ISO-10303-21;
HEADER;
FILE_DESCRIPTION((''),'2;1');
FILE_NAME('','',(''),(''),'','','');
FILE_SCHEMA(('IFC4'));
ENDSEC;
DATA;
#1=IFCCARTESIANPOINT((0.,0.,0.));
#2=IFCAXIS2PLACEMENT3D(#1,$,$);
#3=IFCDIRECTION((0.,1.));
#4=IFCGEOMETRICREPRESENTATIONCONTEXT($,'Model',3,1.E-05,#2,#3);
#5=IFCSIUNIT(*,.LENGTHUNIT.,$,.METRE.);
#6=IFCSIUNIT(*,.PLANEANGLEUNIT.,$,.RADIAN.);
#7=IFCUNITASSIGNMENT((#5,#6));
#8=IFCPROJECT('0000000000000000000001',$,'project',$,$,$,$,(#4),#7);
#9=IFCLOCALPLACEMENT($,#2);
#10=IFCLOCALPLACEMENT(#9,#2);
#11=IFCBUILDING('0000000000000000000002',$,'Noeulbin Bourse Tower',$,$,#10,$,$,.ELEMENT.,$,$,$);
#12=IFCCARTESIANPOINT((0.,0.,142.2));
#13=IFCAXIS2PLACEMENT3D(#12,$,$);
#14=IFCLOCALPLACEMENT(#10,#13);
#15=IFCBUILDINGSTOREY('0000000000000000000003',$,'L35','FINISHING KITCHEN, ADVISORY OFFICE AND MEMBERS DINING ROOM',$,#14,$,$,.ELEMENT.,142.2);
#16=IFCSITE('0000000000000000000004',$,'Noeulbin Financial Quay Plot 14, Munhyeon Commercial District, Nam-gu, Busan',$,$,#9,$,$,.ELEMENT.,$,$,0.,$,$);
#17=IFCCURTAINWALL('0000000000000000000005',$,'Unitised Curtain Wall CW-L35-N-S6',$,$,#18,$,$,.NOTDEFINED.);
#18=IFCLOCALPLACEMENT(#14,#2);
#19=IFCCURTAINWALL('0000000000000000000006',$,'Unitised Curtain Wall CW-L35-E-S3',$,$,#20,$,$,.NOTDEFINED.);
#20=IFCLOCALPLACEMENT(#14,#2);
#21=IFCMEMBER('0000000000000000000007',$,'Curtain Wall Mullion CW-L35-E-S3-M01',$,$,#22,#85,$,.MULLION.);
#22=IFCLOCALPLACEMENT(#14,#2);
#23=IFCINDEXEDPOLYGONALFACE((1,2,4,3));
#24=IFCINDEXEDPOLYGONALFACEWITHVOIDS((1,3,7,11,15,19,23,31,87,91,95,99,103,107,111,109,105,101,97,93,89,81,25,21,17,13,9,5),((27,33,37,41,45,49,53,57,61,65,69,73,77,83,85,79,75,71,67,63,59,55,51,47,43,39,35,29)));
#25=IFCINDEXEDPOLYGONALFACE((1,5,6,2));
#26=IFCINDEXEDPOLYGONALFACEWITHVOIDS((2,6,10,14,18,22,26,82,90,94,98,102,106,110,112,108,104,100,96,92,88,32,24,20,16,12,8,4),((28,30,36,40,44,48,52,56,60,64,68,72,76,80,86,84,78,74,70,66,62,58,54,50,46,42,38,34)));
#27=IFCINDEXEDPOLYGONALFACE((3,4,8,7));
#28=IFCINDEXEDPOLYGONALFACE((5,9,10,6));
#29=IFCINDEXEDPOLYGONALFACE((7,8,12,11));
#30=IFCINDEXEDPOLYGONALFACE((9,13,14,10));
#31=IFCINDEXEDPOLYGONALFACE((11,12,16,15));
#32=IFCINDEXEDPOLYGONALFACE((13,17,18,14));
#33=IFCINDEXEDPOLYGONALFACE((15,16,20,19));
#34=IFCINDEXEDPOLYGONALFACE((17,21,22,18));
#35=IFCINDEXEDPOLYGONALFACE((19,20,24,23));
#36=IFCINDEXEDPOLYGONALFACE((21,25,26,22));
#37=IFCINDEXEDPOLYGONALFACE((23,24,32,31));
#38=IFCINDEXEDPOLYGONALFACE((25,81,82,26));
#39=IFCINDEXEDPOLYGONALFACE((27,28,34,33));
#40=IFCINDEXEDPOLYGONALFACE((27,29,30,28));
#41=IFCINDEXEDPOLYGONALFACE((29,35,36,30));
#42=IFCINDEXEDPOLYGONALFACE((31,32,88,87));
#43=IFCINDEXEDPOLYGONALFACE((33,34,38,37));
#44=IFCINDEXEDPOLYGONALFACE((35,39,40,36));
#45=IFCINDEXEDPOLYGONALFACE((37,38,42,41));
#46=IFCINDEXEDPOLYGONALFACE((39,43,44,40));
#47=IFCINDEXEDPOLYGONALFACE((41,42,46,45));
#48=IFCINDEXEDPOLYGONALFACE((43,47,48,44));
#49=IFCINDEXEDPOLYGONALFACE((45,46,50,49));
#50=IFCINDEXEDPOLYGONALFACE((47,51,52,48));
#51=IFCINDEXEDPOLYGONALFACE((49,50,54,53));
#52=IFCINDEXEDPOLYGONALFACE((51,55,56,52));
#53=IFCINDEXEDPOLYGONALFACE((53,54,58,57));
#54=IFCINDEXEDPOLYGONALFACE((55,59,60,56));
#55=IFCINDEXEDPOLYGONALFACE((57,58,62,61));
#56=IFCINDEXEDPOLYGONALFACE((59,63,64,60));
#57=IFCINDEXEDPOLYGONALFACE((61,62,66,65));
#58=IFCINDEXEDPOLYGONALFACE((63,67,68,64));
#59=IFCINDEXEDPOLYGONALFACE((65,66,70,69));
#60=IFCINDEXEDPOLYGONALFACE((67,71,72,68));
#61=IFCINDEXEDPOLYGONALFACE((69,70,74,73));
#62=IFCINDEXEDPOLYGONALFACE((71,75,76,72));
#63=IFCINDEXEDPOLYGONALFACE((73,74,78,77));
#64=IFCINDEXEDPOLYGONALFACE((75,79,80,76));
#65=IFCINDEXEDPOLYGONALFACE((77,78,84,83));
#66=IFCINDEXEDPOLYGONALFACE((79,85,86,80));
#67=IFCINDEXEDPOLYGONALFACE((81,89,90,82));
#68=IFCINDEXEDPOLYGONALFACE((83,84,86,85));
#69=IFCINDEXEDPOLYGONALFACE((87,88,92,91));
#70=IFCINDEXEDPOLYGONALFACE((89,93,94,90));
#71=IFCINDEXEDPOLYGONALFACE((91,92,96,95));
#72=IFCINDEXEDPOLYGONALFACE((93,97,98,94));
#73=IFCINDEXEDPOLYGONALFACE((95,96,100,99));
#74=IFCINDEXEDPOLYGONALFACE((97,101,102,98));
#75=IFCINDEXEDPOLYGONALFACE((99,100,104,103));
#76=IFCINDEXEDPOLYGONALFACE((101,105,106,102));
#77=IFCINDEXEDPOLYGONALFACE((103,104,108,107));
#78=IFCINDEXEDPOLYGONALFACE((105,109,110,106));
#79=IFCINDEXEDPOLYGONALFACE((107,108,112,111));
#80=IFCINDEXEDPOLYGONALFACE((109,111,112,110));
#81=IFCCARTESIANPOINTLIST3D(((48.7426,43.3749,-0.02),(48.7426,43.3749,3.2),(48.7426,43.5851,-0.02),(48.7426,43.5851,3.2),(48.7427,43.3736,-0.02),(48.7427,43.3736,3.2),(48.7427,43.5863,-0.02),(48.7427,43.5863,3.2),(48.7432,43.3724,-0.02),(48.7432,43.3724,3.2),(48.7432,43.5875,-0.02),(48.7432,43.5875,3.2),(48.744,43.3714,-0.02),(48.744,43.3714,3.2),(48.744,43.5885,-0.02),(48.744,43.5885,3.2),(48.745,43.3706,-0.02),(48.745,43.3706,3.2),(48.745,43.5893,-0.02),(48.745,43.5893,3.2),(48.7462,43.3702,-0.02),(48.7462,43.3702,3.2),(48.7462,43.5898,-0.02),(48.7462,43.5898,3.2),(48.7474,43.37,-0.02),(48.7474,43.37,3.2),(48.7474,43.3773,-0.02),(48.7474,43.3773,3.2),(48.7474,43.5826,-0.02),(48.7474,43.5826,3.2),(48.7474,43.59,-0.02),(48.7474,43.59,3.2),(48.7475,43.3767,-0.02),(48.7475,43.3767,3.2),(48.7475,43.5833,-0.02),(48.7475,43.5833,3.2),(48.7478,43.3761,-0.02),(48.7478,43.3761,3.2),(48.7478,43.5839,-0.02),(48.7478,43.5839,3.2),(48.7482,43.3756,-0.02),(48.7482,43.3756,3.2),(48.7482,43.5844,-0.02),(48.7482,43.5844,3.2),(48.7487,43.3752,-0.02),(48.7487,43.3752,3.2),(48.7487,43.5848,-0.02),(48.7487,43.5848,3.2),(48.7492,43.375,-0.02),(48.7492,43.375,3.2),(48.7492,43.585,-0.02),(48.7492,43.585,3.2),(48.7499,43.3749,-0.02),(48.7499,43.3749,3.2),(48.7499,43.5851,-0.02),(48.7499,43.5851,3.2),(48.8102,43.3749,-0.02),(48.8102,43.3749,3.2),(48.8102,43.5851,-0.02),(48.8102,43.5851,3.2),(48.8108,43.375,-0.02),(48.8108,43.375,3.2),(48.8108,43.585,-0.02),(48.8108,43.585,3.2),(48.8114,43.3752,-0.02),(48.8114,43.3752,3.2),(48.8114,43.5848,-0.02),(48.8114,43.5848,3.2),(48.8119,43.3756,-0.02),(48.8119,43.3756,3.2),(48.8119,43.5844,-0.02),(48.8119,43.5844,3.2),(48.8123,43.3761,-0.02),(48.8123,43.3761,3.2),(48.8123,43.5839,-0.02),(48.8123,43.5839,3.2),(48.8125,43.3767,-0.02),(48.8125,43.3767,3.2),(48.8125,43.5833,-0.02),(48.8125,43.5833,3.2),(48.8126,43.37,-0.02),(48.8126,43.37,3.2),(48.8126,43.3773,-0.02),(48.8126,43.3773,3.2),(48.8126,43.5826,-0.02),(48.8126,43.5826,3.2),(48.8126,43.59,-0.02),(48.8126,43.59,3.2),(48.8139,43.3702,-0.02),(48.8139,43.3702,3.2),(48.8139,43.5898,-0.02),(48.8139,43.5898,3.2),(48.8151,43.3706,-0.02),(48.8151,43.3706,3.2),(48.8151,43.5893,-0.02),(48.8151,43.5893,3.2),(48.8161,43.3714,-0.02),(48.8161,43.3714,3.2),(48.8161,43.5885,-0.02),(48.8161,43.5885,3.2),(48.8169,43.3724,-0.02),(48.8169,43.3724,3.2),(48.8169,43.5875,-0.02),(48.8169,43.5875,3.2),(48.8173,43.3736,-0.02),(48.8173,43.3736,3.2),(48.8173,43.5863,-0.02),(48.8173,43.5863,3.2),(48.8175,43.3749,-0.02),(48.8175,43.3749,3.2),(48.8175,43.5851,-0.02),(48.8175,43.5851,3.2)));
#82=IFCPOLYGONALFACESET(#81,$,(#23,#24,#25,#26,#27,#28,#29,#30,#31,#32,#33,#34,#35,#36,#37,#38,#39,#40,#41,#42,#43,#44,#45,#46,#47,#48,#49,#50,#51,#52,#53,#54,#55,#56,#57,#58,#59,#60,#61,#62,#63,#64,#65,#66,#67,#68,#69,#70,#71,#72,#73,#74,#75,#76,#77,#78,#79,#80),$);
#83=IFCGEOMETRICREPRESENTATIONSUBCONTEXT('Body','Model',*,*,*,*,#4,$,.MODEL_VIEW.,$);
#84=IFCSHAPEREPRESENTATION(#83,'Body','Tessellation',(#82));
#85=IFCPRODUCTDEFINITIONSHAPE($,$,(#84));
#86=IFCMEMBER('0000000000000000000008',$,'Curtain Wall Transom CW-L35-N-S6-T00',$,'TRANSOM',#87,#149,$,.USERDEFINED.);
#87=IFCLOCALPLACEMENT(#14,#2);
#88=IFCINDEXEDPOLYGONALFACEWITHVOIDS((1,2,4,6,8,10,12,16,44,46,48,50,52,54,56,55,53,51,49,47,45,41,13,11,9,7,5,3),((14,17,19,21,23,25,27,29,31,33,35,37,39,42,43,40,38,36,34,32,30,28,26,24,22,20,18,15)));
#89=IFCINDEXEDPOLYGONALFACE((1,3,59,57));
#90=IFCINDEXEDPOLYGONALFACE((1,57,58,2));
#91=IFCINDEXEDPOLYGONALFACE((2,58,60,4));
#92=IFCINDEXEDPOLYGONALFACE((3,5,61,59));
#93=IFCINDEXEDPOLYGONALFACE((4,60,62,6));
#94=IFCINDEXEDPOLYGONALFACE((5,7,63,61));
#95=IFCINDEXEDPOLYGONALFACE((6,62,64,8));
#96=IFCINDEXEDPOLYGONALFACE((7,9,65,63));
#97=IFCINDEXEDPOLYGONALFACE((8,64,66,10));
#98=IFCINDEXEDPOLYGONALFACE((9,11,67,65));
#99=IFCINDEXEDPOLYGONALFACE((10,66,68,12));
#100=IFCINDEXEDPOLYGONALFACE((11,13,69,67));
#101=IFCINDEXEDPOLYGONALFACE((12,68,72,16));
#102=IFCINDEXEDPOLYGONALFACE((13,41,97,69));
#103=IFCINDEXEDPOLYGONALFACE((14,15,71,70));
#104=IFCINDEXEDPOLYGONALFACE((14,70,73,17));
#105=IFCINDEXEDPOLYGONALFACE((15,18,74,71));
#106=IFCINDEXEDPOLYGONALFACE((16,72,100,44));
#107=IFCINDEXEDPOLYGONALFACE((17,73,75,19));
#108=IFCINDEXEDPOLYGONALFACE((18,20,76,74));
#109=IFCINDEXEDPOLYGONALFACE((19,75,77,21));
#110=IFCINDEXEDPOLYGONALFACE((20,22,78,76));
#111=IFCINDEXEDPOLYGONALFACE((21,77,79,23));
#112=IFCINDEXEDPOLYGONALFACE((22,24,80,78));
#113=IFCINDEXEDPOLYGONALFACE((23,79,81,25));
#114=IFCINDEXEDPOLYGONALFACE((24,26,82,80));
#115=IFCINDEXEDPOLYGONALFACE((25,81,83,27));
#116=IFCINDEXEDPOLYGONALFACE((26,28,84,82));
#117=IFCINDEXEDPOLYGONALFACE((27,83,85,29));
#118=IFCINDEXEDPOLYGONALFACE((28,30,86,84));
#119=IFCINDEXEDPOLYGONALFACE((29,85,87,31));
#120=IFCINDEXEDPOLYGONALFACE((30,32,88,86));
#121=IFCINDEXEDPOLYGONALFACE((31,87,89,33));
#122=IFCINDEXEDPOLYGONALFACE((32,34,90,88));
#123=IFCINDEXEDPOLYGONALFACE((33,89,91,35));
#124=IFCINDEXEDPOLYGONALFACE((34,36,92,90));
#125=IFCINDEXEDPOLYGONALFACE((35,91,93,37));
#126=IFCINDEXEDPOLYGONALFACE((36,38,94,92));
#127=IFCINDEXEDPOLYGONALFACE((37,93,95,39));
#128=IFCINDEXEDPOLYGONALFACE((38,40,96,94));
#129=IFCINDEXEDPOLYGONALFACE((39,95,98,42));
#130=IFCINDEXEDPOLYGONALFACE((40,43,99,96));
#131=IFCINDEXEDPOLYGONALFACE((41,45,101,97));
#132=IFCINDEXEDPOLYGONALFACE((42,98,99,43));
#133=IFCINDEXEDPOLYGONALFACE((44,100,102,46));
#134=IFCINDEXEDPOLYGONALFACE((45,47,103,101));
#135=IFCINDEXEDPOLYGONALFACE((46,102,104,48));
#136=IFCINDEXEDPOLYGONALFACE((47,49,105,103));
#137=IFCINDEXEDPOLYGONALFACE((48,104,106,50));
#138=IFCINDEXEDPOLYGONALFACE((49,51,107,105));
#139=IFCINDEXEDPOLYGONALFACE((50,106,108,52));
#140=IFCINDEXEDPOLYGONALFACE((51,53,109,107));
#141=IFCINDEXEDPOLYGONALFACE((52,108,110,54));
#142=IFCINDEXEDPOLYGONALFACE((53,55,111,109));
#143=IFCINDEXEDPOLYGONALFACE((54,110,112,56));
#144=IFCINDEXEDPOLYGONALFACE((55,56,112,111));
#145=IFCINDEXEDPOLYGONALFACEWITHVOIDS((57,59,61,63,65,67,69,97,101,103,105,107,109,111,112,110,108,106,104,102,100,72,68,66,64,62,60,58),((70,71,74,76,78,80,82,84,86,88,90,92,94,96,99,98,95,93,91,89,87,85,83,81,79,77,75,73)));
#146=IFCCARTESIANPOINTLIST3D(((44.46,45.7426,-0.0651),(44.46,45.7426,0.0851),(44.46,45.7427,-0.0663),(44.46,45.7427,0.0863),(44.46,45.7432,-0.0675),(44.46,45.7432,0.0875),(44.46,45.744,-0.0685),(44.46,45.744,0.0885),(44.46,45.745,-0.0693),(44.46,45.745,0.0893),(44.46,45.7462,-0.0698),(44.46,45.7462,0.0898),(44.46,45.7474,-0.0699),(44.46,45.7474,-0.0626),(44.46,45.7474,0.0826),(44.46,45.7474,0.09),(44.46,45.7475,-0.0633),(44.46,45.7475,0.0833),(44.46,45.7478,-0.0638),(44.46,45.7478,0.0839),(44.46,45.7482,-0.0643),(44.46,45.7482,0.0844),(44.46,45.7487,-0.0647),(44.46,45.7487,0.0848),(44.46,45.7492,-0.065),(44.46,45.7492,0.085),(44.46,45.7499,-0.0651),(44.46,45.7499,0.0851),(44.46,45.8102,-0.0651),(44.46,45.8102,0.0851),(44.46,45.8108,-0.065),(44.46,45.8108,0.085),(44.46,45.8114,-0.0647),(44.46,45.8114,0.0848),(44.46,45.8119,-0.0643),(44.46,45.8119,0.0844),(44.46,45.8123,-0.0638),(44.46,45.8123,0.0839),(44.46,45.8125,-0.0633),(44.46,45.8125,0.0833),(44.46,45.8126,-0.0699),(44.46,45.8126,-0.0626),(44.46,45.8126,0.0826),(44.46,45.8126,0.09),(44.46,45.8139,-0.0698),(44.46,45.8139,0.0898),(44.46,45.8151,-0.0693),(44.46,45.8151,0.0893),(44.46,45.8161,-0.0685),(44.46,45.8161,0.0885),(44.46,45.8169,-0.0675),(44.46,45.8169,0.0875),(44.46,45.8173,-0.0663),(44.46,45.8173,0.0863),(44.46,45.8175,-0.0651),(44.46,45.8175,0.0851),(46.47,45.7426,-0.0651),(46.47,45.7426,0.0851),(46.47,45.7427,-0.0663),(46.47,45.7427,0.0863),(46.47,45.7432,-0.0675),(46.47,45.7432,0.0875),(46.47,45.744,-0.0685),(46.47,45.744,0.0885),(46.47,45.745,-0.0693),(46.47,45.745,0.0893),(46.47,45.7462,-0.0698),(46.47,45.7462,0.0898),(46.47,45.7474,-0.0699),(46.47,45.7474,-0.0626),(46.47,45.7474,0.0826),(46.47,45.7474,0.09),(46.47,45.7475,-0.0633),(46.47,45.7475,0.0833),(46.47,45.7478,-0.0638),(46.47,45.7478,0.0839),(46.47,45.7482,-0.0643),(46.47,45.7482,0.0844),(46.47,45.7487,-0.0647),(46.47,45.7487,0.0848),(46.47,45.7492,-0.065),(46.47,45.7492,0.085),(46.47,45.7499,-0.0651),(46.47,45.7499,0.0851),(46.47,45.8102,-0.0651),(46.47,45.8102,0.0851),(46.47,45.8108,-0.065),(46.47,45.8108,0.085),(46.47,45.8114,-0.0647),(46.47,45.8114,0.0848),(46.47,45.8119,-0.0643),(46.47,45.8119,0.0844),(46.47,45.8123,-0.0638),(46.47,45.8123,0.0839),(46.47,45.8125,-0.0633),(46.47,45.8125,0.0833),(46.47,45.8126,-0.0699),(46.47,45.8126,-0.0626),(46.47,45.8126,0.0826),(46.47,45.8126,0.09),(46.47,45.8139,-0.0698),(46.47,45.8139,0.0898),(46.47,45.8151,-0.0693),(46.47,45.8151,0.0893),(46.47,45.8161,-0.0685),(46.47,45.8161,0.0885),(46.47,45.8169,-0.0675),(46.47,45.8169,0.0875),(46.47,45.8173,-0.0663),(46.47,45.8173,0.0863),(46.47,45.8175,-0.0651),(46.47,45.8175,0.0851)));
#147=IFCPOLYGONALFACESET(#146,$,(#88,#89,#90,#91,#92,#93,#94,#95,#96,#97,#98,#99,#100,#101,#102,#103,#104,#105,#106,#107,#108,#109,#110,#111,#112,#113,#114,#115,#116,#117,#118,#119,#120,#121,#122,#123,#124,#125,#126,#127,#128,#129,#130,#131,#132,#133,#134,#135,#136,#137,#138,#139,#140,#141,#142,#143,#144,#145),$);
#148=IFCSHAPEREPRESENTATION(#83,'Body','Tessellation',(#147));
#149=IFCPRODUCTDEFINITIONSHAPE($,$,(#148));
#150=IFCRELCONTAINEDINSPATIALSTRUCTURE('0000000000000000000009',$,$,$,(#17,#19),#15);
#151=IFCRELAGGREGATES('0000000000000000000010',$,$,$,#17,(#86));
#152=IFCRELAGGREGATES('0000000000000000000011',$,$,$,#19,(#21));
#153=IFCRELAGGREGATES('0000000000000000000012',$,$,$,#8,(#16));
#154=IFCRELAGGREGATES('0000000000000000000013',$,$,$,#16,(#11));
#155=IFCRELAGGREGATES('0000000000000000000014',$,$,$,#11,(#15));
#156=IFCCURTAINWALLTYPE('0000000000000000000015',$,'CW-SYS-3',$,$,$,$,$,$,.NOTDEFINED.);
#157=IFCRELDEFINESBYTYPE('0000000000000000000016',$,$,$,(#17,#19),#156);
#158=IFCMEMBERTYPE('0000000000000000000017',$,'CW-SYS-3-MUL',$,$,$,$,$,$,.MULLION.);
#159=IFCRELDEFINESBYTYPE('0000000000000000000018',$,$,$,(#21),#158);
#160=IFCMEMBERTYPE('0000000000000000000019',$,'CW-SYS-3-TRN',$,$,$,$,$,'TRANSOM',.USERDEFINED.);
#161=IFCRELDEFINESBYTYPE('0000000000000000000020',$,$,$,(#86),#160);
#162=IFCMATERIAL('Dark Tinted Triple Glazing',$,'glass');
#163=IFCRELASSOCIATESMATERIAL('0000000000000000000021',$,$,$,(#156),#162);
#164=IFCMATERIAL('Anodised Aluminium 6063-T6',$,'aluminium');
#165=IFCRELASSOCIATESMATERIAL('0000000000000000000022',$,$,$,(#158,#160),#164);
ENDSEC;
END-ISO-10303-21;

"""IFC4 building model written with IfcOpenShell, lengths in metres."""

from ifc_helpers import new_model, si_unit, direction, frame, origin, origin_2d, place, context, subcontext, project, spatial, hollow_rectangle, extrude, material, material_profile, profile_set, type_object, element, aggregate, save


model = new_model("IFC4")

# Units and contexts
model_context = context("Model", 3, precision=1e-05, world=origin(), true_north=direction((0.0, 1.0)))
body_context = subcontext(model_context, "Body", "Model", "MODEL_VIEW")
ifc_project = project(units=[si_unit("LENGTHUNIT", "METRE"), si_unit("PLANEANGLEUNIT", "RADIAN")], contexts=[model_context])

# Site, building, storey
site_placement = place(None, origin())
site = spatial("IfcSite", under=ifc_project, at=site_placement, Name="Noeulbin Financial Quay Plot 14, Munhyeon Commercial District, Nam-gu, Busan", CompositionType="ELEMENT", RefElevation=0.0)
building_placement = place(site_placement, origin())
building = spatial("IfcBuilding", under=site, at=building_placement, Name="Noeulbin Bourse Tower", CompositionType="ELEMENT")
storey_placement = place(building_placement, frame((0.0, 0.0, 142.2)))
storey = spatial("IfcBuildingStorey", under=building, at=storey_placement, Name="L35", Description="FINISHING KITCHEN, ADVISORY OFFICE AND MEMBERS DINING ROOM", CompositionType="ELEMENT", Elevation=142.2)

# Shared definitions
ifc_material_1 = material(Name="Dark Tinted Triple Glazing", Category="glass")
curtain_wall_type = type_object("IfcCurtainWallType", Name="CW-SYS-3", PredefinedType="NOTDEFINED", material=ifc_material_1)
ifc_material_2 = material(Name="Anodised Aluminium 6063-T6", Category="aluminium")
ifc_material_profile_1 = material_profile(ifc_material_2, hollow_rectangle(XDim=0.075, YDim=0.22, WallThickness=0.0049, InnerFilletRadius=0.0024, OuterFilletRadius=0.0049, at=origin_2d()), Name="ALU-MULL-75x220x5", Category="LoadBearing")
ifc_profile_set_1 = profile_set([ifc_material_profile_1], Name="Anodised Aluminium 6063-T6")
member_type_1 = type_object("IfcMemberType", Name="CW-SYS-3-MUL", PredefinedType="MULLION", material=ifc_profile_set_1)

# Curtain walls, member
curtain_wall_1_placement = place(storey_placement, origin())
curtain_wall_1 = element("IfcCurtainWall", 1, at=curtain_wall_1_placement, inside=storey, type_object=curtain_wall_type, Name="Unitised Curtain Wall CW-L35-N-S6", PredefinedType="NOTDEFINED")
curtain_wall_2_placement = place(storey_placement, origin())
curtain_wall_2 = element("IfcCurtainWall", 2, at=curtain_wall_2_placement, inside=storey, type_object=curtain_wall_type, Name="Unitised Curtain Wall CW-L35-E-S3", PredefinedType="NOTDEFINED")
member_1_placement = place(storey_placement, frame((48.78, 43.48, -0.02), z_axis=(0.0, 0.0, 1.0), x_axis=(1.0, 0.0, 0.0)))
member_1 = element("IfcMember", 3, at=member_1_placement, type_object=member_type_1, Name="Curtain Wall Mullion CW-L35-E-S3-M01", PredefinedType="MULLION", context=body_context, shape_type="SweptSolid", body=[
    extrude(hollow_rectangle(XDim=0.075, YDim=0.22, WallThickness=0.0049, InnerFilletRadius=0.0024, OuterFilletRadius=0.0049, at=origin_2d()), origin(), (0.0, 0.0, 1.0), 3.22),
])

# Member
ifc_material_profile_2 = material_profile(ifc_material_2, hollow_rectangle(XDim=0.075, YDim=0.1599, WallThickness=0.0049, InnerFilletRadius=0.0024, OuterFilletRadius=0.0049, at=origin_2d()), Name="ALU-TRAN-75x160x5", Category="LoadBearing")
ifc_profile_set_2 = profile_set([ifc_material_profile_2], Name="Anodised Aluminium 6063-T6")
member_type_2 = type_object("IfcMemberType", Name="CW-SYS-3-TRN", ElementType="TRANSOM", PredefinedType="USERDEFINED", material=ifc_profile_set_2)
member_2_placement = place(storey_placement, frame((44.46, 45.78, 0.01), z_axis=(1.0, 0.0, 0.0), x_axis=(0.0, 1.0, 0.0)))
member_2 = element("IfcMember", 4, at=member_2_placement, type_object=member_type_2, Name="Curtain Wall Transom CW-L35-N-S6-T00", ObjectType="TRANSOM", PredefinedType="USERDEFINED", context=body_context, shape_type="SweptSolid", body=[
    extrude(hollow_rectangle(XDim=0.075, YDim=0.1599, WallThickness=0.0049, InnerFilletRadius=0.0024, OuterFilletRadius=0.0049, at=origin_2d()), origin(), (0.0, 0.0, 1.0), 2.01),
])

aggregate(curtain_wall_1, [member_2])
aggregate(curtain_wall_2, [member_1])

save(model, "model.ifc")
